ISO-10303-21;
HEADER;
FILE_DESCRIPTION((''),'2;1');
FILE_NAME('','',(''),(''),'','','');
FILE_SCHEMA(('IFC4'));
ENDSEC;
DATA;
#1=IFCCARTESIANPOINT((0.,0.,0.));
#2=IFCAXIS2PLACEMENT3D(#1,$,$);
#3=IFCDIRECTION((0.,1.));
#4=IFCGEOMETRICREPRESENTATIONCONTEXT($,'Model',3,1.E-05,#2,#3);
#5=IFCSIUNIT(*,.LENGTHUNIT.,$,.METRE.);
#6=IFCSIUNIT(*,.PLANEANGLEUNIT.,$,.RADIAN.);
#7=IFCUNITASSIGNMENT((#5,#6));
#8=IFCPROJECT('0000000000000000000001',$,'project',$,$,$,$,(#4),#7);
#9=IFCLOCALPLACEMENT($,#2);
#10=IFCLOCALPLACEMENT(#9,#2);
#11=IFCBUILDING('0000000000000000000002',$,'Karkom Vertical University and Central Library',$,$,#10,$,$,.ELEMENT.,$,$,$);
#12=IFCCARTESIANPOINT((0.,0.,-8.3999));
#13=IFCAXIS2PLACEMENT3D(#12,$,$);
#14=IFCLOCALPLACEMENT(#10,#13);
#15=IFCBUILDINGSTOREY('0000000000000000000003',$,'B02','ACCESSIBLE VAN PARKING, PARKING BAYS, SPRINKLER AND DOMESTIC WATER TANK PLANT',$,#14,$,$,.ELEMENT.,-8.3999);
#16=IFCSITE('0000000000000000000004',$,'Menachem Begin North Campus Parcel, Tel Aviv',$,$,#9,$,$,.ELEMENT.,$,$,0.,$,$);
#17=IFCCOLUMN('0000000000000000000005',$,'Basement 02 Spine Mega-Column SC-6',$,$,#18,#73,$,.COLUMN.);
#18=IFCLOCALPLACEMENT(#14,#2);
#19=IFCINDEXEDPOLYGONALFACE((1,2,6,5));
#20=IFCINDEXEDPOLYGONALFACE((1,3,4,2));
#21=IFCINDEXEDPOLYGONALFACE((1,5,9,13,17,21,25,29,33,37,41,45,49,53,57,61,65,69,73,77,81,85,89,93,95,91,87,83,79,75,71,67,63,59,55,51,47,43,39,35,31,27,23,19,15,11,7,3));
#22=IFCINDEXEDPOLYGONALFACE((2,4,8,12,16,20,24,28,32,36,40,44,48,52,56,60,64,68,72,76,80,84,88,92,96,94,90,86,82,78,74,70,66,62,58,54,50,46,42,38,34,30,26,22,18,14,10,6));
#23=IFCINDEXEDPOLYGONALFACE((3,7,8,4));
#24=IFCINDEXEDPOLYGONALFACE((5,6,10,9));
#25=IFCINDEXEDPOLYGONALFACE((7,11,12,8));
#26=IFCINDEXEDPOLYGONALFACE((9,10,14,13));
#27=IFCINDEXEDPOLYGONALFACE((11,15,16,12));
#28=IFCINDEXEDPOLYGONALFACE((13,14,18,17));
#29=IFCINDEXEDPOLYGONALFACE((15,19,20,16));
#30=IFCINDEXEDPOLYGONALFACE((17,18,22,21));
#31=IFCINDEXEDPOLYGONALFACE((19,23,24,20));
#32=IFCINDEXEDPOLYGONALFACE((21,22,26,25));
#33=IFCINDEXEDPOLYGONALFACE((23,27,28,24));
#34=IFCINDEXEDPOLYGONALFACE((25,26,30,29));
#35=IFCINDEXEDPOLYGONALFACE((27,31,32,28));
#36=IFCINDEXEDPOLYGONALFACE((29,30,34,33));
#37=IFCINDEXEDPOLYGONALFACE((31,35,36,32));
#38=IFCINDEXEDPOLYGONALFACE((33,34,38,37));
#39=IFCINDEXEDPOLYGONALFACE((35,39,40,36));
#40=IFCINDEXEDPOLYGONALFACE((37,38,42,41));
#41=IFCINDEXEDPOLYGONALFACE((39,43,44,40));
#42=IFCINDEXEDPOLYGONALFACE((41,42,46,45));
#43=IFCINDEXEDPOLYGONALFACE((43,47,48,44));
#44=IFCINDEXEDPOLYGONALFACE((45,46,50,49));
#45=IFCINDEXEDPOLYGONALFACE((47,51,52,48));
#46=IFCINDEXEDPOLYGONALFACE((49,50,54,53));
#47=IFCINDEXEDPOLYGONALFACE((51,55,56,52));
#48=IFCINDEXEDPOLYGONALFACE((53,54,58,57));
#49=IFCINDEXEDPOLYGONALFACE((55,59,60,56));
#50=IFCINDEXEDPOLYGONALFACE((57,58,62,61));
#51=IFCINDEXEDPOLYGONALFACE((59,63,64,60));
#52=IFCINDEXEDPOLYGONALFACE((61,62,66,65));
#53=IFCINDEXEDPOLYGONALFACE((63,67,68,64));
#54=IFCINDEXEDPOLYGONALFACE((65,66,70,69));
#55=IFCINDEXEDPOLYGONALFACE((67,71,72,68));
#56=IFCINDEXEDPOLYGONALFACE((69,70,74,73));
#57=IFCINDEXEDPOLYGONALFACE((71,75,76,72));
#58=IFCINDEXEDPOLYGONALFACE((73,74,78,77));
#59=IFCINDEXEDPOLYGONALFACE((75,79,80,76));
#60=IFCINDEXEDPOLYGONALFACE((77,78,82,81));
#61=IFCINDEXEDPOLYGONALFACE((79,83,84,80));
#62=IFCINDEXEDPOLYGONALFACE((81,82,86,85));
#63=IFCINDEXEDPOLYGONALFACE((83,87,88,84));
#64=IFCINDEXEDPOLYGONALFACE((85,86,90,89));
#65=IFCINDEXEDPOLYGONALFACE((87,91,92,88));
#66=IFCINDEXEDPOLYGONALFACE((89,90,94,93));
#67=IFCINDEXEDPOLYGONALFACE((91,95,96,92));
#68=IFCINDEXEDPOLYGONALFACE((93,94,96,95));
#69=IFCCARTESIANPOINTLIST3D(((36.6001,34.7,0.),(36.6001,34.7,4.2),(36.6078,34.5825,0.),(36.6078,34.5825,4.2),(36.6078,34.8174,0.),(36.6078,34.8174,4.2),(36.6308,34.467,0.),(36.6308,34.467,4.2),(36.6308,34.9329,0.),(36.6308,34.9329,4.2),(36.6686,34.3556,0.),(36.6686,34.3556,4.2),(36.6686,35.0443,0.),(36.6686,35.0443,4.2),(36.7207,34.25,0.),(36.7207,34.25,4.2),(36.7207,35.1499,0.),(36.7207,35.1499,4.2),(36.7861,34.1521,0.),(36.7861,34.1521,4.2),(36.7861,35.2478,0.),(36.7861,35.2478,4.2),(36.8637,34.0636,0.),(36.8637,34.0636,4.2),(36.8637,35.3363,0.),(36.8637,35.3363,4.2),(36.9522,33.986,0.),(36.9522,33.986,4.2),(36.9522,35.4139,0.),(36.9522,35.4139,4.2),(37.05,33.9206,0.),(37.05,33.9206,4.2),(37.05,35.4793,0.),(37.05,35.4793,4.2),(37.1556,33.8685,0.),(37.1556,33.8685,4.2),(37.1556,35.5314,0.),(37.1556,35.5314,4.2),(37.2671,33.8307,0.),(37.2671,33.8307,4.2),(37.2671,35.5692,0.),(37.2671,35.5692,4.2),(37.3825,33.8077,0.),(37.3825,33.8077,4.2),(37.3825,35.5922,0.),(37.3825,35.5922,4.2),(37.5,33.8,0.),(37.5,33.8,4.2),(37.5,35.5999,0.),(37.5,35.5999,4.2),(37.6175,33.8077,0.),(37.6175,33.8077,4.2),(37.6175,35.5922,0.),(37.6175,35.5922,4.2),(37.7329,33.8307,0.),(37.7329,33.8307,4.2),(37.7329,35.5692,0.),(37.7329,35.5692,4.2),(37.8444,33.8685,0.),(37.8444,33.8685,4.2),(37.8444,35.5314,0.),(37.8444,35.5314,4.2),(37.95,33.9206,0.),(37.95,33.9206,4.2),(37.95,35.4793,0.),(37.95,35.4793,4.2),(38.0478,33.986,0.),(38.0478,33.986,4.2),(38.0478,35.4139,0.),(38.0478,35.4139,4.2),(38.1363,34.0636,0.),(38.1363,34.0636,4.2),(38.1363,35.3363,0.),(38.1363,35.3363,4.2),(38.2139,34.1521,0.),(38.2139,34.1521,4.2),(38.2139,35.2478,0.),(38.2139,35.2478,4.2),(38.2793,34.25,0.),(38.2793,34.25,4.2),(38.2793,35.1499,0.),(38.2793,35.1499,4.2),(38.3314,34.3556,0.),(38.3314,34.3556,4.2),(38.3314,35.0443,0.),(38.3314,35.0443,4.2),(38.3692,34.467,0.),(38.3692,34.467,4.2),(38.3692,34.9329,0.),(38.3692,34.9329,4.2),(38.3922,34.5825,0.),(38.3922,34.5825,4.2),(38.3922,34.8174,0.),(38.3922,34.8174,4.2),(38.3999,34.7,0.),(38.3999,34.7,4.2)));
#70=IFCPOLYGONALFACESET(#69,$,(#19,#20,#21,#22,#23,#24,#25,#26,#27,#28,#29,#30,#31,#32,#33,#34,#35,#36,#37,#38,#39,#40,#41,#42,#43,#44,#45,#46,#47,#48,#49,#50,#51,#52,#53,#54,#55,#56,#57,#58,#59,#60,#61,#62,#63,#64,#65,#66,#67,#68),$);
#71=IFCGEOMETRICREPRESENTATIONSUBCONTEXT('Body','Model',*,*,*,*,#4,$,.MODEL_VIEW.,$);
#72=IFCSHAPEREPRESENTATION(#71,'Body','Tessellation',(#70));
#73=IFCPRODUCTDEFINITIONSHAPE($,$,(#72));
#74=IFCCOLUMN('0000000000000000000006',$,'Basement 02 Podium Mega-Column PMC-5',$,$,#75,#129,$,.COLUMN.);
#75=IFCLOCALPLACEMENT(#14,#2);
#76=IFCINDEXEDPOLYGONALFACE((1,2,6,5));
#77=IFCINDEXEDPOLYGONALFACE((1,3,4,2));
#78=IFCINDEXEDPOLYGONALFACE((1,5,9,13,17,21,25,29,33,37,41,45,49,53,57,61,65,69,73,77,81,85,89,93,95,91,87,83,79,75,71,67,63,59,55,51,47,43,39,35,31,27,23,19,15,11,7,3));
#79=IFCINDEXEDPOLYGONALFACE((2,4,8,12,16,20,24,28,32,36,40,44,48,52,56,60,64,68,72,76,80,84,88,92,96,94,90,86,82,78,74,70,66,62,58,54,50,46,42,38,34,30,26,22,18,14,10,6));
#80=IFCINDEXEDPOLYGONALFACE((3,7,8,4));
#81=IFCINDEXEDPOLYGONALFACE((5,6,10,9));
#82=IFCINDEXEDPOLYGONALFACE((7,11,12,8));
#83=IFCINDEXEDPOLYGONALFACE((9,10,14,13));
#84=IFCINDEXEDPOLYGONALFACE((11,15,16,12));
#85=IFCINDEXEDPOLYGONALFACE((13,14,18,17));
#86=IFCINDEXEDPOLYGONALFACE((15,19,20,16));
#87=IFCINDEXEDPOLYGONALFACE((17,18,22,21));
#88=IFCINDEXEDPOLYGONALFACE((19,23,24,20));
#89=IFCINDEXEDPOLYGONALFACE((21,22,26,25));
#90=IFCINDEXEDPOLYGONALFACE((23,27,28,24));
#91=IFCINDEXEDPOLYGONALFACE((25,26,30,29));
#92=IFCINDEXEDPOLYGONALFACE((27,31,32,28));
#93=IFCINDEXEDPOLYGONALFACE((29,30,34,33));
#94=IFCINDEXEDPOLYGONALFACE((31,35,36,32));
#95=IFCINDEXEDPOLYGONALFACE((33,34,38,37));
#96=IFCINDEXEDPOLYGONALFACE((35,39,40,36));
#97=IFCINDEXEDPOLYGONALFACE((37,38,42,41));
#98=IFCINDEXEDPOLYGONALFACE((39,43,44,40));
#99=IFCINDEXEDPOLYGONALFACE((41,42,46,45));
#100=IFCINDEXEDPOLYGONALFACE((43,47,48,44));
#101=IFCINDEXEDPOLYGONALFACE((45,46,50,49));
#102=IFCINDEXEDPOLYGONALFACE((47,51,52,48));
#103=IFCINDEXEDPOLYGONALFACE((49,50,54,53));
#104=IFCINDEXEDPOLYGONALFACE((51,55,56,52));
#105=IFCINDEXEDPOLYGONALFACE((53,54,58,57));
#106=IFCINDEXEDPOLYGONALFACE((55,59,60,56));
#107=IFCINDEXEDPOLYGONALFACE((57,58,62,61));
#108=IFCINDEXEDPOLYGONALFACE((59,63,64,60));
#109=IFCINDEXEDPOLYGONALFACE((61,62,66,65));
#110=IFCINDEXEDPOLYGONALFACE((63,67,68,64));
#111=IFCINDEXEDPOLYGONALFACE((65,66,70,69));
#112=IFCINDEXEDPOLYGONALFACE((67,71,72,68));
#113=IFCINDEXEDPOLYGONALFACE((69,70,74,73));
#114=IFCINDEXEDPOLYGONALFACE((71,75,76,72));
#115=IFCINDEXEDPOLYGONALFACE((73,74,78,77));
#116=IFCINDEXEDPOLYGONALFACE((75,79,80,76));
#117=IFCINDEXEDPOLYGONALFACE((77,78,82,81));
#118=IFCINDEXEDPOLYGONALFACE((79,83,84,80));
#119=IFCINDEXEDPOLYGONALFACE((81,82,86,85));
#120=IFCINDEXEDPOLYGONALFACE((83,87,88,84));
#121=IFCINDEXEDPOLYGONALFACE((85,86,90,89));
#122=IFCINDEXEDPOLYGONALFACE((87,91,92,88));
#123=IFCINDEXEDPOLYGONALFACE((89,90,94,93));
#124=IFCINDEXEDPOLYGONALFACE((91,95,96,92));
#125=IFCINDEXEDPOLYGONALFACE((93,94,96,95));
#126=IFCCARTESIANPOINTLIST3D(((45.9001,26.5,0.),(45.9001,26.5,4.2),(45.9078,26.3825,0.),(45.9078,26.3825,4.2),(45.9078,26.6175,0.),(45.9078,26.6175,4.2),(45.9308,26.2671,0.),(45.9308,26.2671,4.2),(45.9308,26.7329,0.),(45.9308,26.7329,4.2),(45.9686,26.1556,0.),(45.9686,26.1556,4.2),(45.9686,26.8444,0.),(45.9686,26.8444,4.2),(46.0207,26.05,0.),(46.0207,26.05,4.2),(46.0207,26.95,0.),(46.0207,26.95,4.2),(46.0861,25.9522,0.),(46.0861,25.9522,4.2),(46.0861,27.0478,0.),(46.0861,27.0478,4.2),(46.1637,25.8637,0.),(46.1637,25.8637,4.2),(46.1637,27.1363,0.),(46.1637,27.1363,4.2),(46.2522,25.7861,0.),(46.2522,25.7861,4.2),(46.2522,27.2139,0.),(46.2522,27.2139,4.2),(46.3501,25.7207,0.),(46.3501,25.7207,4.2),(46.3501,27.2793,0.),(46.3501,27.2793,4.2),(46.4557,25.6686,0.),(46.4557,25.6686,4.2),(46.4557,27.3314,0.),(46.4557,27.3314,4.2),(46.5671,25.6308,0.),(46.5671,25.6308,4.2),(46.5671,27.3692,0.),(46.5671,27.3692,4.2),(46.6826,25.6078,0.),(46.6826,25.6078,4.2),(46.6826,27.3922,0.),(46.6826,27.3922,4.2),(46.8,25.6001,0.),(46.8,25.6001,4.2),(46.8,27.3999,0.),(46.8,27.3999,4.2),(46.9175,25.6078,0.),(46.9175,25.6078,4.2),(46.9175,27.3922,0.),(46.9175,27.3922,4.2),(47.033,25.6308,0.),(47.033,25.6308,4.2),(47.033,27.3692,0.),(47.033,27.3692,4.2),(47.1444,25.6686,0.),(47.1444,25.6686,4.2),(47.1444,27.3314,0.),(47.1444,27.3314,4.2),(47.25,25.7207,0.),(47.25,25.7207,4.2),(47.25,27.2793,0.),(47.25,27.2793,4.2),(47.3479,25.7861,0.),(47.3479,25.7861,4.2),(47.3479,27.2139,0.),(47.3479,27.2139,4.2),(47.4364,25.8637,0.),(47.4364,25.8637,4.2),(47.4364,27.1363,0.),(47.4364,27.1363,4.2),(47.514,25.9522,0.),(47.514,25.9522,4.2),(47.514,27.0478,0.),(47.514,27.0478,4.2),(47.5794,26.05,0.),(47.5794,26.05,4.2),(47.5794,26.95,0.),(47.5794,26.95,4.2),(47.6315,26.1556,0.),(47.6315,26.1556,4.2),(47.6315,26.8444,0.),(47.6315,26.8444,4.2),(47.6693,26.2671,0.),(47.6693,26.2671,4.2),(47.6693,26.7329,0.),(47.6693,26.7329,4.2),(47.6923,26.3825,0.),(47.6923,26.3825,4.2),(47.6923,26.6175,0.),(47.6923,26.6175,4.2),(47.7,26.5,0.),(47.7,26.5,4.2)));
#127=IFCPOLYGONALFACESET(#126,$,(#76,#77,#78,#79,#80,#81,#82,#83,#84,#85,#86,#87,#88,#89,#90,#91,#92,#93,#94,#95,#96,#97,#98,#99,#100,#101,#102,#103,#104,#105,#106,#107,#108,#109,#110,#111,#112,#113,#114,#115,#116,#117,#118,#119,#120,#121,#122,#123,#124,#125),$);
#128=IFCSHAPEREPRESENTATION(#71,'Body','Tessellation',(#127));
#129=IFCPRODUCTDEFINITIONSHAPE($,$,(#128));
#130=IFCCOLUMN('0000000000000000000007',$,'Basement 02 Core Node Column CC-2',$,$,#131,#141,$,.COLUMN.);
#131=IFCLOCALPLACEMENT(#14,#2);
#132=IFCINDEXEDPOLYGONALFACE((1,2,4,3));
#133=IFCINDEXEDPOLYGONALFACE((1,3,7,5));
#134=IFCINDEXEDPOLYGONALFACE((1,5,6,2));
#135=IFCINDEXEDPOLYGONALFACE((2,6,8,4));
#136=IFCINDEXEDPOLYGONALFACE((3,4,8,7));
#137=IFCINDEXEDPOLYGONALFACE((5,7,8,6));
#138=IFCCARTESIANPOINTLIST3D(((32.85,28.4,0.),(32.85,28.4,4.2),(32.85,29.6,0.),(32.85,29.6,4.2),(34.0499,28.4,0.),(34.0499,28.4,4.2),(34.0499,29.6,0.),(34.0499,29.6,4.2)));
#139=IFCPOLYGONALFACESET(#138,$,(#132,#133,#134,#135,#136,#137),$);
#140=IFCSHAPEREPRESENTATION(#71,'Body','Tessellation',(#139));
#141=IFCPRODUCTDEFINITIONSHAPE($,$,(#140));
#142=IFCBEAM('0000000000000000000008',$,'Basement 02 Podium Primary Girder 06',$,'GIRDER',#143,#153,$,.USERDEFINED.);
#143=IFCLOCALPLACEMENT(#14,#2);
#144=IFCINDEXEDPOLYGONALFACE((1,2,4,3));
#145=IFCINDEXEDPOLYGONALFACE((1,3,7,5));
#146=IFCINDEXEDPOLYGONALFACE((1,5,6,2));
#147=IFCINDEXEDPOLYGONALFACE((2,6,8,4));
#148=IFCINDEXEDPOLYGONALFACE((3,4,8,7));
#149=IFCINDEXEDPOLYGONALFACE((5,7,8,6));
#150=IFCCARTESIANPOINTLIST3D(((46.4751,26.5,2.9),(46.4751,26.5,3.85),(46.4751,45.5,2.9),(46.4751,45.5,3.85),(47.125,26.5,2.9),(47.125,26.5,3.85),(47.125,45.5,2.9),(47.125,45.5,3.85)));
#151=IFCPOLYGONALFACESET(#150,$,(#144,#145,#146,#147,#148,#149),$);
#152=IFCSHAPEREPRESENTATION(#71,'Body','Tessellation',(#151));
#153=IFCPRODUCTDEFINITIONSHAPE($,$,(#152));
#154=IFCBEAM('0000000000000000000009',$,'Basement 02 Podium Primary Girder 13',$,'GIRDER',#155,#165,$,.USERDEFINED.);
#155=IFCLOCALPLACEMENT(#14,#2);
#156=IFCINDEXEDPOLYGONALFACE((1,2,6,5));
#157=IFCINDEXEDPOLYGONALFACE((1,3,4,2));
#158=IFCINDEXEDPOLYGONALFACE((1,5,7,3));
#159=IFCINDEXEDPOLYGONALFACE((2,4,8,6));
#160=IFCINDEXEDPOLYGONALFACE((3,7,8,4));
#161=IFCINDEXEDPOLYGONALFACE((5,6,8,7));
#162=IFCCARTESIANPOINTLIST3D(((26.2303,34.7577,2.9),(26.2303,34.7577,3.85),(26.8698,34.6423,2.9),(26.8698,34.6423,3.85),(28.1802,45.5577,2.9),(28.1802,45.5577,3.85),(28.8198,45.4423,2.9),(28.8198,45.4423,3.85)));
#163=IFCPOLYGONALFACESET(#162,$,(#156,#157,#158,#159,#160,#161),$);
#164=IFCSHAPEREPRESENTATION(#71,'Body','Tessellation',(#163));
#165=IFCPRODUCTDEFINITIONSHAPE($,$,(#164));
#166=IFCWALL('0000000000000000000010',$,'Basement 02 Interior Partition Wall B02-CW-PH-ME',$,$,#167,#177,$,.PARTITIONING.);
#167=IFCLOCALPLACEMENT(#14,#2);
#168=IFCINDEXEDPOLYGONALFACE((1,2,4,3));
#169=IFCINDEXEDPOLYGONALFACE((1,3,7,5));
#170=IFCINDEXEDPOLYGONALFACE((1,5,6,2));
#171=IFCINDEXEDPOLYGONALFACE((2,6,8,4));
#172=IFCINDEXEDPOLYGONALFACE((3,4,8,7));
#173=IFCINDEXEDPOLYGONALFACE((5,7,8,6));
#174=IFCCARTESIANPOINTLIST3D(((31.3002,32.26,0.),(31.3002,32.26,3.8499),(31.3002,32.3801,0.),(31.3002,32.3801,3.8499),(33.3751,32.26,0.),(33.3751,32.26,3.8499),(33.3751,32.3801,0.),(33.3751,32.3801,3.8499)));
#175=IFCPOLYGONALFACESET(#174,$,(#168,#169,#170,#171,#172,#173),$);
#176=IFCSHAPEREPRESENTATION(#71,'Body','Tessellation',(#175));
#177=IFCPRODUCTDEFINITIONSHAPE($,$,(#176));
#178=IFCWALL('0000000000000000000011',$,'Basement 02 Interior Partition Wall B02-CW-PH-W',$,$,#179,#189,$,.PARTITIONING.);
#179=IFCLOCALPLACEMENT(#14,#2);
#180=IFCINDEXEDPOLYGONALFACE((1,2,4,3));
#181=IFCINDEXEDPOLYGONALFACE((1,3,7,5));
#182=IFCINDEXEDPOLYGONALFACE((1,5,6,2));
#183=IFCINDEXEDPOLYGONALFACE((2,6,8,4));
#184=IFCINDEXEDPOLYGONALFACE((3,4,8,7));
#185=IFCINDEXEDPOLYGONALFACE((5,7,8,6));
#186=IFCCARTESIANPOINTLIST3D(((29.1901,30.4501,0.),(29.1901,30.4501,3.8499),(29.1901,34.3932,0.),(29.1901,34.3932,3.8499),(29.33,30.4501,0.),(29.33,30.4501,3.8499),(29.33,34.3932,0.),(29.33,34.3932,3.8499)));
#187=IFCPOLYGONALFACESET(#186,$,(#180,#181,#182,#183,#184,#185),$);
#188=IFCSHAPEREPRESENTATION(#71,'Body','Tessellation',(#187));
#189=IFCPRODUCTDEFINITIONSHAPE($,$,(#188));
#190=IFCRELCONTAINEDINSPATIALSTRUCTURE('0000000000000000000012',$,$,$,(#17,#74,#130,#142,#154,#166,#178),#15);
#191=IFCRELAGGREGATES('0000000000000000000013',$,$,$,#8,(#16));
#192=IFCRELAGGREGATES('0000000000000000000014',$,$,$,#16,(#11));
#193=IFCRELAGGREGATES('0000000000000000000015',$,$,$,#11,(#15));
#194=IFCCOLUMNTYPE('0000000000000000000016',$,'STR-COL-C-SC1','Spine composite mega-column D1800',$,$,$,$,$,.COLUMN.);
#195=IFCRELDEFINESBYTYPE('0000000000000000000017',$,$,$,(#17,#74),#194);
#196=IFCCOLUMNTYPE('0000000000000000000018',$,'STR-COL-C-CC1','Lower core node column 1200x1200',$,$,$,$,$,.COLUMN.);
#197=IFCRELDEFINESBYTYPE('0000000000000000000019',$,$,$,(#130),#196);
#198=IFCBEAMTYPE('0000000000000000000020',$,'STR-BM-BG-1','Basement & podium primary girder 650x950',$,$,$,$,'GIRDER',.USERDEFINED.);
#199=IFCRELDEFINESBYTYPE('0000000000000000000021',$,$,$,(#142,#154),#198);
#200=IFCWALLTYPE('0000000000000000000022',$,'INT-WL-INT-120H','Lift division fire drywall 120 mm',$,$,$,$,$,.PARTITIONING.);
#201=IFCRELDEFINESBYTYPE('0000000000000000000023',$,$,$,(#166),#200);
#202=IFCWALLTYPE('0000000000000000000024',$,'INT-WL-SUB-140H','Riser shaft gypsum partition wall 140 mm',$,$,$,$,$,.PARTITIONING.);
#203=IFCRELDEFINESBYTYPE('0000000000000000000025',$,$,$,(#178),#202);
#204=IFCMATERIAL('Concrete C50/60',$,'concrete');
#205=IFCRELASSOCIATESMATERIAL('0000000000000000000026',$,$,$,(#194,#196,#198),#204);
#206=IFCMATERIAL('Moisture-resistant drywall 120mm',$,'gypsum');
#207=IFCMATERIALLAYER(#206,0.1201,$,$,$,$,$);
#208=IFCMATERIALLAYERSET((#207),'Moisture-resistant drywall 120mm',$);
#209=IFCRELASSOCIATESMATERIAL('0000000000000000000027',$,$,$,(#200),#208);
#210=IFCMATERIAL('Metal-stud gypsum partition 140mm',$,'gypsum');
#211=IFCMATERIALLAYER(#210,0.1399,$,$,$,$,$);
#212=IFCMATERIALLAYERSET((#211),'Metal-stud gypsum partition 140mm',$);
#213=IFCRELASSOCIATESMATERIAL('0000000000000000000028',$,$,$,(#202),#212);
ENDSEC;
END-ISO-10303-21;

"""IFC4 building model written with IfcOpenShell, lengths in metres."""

from ifc_helpers import new_model, si_unit, direction, frame, frame_2d, origin, origin_with_axes, origin_2d, place, context, subcontext, project, spatial, rectangle, circle, extrude, source, transform, mapped, material, layer, layer_set, material_profile, profile_set, type_object, element, save


model = new_model("IFC4")

# Units and contexts
model_context = context("Model", 3, precision=1e-05, world=origin(), true_north=direction((0.0, 1.0)))
body_context = subcontext(model_context, "Body", "Model", "MODEL_VIEW")
ifc_project = project(units=[si_unit("LENGTHUNIT", "METRE"), si_unit("PLANEANGLEUNIT", "RADIAN")], contexts=[model_context])

# Site, building, storey
site_placement = place(None, origin())
site = spatial("IfcSite", under=ifc_project, at=site_placement, Name="Menachem Begin North Campus Parcel, Tel Aviv", CompositionType="ELEMENT", RefElevation=0.0)
building_placement = place(site_placement, origin())
building = spatial("IfcBuilding", under=site, at=building_placement, Name="Karkom Vertical University and Central Library", CompositionType="ELEMENT")
storey_placement = place(building_placement, frame((0.0, 0.0, -8.3999)))
storey = spatial("IfcBuildingStorey", under=building, at=storey_placement, Name="B02", Description="ACCESSIBLE VAN PARKING, PARKING BAYS, SPRINKLER AND DOMESTIC WATER TANK PLANT", CompositionType="ELEMENT", Elevation=-8.3999)

# Columns
ifc_material_1 = material(Name="Concrete C50/60", Category="concrete")
ifc_material_profile_1 = material_profile(ifc_material_1, circle(Radius=0.8999, at=origin_2d()), Name="CFT-D1800")
ifc_profile_set_1 = profile_set([ifc_material_profile_1], Name="Concrete C50/60")
column_type_1 = type_object("IfcColumnType", Name="STR-COL-C-SC1", Description="Spine composite mega-column D1800", PredefinedType="COLUMN", material=ifc_profile_set_1)
shared_shape_1 = source(origin_with_axes(), body_context, "Body", "SweptSolid", [
    extrude(circle(Radius=0.8999, at=origin_2d()), origin(), (0.0, 0.0, 1.0), 4.2),
])
for number, where, z_axis, x_axis, name in (
    (1, (37.5, 34.7, 0.0), (0.0, 0.0, 1.0), (1.0, 0.0, 0.0), "Basement 02 Spine Mega-Column SC-6"),
    (2, (46.8, 26.5, 0.0), (0.0, 0.0, 1.0), (1.0, 0.0, 0.0), "Basement 02 Podium Mega-Column PMC-5"),
):
    element("IfcColumn", number, at=place(storey_placement, frame(where, z_axis=z_axis, x_axis=x_axis)), inside=storey, type_object=column_type_1, Name=name, PredefinedType="COLUMN", context=body_context, shape_type="MappedRepresentation", body=[
        mapped(shared_shape_1, transform((0.0, 0.0, 0.0), scale=1.0)),
    ])
ifc_material_profile_2 = material_profile(ifc_material_1, rectangle(XDim=1.2, YDim=1.2, at=origin_2d()), Name="RC-1200x1200")
ifc_profile_set_2 = profile_set([ifc_material_profile_2], Name="Concrete C50/60")
column_type_2 = type_object("IfcColumnType", Name="STR-COL-C-CC1", Description="Lower core node column 1200x1200", PredefinedType="COLUMN", material=ifc_profile_set_2)
shared_shape_2 = source(origin_with_axes(), body_context, "Body", "SweptSolid", [
    extrude(rectangle(XDim=1.2, YDim=1.2, at=origin_2d()), origin(), (0.0, 0.0, 1.0), 4.2),
])
column_1_placement = place(storey_placement, frame((33.45, 29.0, 0.0), z_axis=(0.0, 0.0, 1.0), x_axis=(1.0, 0.0, 0.0)))
element("IfcColumn", 3, at=column_1_placement, inside=storey, type_object=column_type_2, Name="Basement 02 Core Node Column CC-2", PredefinedType="COLUMN", context=body_context, shape_type="MappedRepresentation", body=[
    mapped(shared_shape_2, transform((0.0, 0.0, 0.0), scale=1.0)),
])

# Beams
ifc_material_profile_3 = material_profile(ifc_material_1, rectangle(XDim=0.6499, YDim=0.95, at=origin_2d()), Name="RCG-650x950")
ifc_profile_set_3 = profile_set([ifc_material_profile_3], Name="Concrete C50/60")
beam_type = type_object("IfcBeamType", Name="STR-BM-BG-1", Description="Basement & podium primary girder 650x950", ElementType="GIRDER", PredefinedType="USERDEFINED", material=ifc_profile_set_3)
shared_shape_3 = source(origin_with_axes(), body_context, "Body", "SweptSolid", [
    extrude(rectangle(XDim=0.6499, YDim=0.95, at=origin_2d()), origin(), (0.0, 0.0, 1.0), 19.0),
])
beam_1_placement = place(storey_placement, frame((46.8, 26.5, 3.375), z_axis=(0.0, 1.0, 0.0), x_axis=(-1.0, 0.0, 0.0)))
element("IfcBeam", 4, at=beam_1_placement, inside=storey, type_object=beam_type, Name="Basement 02 Podium Primary Girder 06", ObjectType="GIRDER", PredefinedType="USERDEFINED", context=body_context, shape_type="MappedRepresentation", body=[
    mapped(shared_shape_3, transform((0.0, 0.0, 0.0), scale=1.0)),
])
shared_shape_4 = source(origin_with_axes(), body_context, "Body", "SweptSolid", [
    extrude(rectangle(XDim=0.6499, YDim=0.95, at=origin_2d()), origin(), (0.0, 0.0, 1.0), 10.9746),
])
beam_2_placement = place(storey_placement, frame((28.5, 45.5, 3.375), z_axis=(-0.177677, -0.984089, 0.0), x_axis=(0.984089, -0.177677, 0.0)))
element("IfcBeam", 5, at=beam_2_placement, inside=storey, type_object=beam_type, Name="Basement 02 Podium Primary Girder 13", ObjectType="GIRDER", PredefinedType="USERDEFINED", context=body_context, shape_type="MappedRepresentation", body=[
    mapped(shared_shape_4, transform((0.0, 0.0, 0.0), scale=1.0)),
])

# Walls
ifc_material_2 = material(Name="Moisture-resistant drywall 120mm", Category="gypsum")
ifc_layer_1 = layer(ifc_material_2, 0.1201)
ifc_layer_set_1 = layer_set([ifc_layer_1], Name="Moisture-resistant drywall 120mm")
wall_type_1 = type_object("IfcWallType", Name="INT-WL-INT-120H", Description="Lift division fire drywall 120 mm", PredefinedType="PARTITIONING", material=ifc_layer_set_1)
wall_1_placement = place(storey_placement, frame((31.3, 32.3201, 0.0), z_axis=(0.0, 0.0, 1.0), x_axis=(1.0, 0.0, 0.0)))
element("IfcWall", 6, at=wall_1_placement, inside=storey, type_object=wall_type_1, Name="Basement 02 Interior Partition Wall B02-CW-PH-ME", PredefinedType="PARTITIONING", context=body_context, shape_type="SweptSolid", body=[
    extrude(rectangle(XDim=2.075, YDim=0.1201, at=frame_2d((1.0376, 0.0))), origin(), (0.0, 0.0, 1.0), 3.8499),
])
ifc_material_3 = material(Name="Metal-stud gypsum partition 140mm", Category="gypsum")
ifc_layer_2 = layer(ifc_material_3, 0.1399)
ifc_layer_set_2 = layer_set([ifc_layer_2], Name="Metal-stud gypsum partition 140mm")
wall_type_2 = type_object("IfcWallType", Name="INT-WL-SUB-140H", Description="Riser shaft gypsum partition wall 140 mm", PredefinedType="PARTITIONING", material=ifc_layer_set_2)
for number, where, z_axis, x_axis, name in (
    (7, (29.26, 30.45, 0.0), (0.0, 0.0, 1.0), (0.0, 1.0, 0.0), "Basement 02 Interior Partition Wall B02-CW-PH-W"),
):
    element("IfcWall", number, at=place(storey_placement, frame(where, z_axis=z_axis, x_axis=x_axis)), inside=storey, type_object=wall_type_2, Name=name, PredefinedType="PARTITIONING", context=body_context, shape_type="SweptSolid", body=[
        extrude(rectangle(XDim=3.9431, YDim=0.1399, at=frame_2d((1.9717, 0.0))), origin(), (0.0, 0.0, 1.0), 3.8499),
    ])

save(model, "model.ifc")
